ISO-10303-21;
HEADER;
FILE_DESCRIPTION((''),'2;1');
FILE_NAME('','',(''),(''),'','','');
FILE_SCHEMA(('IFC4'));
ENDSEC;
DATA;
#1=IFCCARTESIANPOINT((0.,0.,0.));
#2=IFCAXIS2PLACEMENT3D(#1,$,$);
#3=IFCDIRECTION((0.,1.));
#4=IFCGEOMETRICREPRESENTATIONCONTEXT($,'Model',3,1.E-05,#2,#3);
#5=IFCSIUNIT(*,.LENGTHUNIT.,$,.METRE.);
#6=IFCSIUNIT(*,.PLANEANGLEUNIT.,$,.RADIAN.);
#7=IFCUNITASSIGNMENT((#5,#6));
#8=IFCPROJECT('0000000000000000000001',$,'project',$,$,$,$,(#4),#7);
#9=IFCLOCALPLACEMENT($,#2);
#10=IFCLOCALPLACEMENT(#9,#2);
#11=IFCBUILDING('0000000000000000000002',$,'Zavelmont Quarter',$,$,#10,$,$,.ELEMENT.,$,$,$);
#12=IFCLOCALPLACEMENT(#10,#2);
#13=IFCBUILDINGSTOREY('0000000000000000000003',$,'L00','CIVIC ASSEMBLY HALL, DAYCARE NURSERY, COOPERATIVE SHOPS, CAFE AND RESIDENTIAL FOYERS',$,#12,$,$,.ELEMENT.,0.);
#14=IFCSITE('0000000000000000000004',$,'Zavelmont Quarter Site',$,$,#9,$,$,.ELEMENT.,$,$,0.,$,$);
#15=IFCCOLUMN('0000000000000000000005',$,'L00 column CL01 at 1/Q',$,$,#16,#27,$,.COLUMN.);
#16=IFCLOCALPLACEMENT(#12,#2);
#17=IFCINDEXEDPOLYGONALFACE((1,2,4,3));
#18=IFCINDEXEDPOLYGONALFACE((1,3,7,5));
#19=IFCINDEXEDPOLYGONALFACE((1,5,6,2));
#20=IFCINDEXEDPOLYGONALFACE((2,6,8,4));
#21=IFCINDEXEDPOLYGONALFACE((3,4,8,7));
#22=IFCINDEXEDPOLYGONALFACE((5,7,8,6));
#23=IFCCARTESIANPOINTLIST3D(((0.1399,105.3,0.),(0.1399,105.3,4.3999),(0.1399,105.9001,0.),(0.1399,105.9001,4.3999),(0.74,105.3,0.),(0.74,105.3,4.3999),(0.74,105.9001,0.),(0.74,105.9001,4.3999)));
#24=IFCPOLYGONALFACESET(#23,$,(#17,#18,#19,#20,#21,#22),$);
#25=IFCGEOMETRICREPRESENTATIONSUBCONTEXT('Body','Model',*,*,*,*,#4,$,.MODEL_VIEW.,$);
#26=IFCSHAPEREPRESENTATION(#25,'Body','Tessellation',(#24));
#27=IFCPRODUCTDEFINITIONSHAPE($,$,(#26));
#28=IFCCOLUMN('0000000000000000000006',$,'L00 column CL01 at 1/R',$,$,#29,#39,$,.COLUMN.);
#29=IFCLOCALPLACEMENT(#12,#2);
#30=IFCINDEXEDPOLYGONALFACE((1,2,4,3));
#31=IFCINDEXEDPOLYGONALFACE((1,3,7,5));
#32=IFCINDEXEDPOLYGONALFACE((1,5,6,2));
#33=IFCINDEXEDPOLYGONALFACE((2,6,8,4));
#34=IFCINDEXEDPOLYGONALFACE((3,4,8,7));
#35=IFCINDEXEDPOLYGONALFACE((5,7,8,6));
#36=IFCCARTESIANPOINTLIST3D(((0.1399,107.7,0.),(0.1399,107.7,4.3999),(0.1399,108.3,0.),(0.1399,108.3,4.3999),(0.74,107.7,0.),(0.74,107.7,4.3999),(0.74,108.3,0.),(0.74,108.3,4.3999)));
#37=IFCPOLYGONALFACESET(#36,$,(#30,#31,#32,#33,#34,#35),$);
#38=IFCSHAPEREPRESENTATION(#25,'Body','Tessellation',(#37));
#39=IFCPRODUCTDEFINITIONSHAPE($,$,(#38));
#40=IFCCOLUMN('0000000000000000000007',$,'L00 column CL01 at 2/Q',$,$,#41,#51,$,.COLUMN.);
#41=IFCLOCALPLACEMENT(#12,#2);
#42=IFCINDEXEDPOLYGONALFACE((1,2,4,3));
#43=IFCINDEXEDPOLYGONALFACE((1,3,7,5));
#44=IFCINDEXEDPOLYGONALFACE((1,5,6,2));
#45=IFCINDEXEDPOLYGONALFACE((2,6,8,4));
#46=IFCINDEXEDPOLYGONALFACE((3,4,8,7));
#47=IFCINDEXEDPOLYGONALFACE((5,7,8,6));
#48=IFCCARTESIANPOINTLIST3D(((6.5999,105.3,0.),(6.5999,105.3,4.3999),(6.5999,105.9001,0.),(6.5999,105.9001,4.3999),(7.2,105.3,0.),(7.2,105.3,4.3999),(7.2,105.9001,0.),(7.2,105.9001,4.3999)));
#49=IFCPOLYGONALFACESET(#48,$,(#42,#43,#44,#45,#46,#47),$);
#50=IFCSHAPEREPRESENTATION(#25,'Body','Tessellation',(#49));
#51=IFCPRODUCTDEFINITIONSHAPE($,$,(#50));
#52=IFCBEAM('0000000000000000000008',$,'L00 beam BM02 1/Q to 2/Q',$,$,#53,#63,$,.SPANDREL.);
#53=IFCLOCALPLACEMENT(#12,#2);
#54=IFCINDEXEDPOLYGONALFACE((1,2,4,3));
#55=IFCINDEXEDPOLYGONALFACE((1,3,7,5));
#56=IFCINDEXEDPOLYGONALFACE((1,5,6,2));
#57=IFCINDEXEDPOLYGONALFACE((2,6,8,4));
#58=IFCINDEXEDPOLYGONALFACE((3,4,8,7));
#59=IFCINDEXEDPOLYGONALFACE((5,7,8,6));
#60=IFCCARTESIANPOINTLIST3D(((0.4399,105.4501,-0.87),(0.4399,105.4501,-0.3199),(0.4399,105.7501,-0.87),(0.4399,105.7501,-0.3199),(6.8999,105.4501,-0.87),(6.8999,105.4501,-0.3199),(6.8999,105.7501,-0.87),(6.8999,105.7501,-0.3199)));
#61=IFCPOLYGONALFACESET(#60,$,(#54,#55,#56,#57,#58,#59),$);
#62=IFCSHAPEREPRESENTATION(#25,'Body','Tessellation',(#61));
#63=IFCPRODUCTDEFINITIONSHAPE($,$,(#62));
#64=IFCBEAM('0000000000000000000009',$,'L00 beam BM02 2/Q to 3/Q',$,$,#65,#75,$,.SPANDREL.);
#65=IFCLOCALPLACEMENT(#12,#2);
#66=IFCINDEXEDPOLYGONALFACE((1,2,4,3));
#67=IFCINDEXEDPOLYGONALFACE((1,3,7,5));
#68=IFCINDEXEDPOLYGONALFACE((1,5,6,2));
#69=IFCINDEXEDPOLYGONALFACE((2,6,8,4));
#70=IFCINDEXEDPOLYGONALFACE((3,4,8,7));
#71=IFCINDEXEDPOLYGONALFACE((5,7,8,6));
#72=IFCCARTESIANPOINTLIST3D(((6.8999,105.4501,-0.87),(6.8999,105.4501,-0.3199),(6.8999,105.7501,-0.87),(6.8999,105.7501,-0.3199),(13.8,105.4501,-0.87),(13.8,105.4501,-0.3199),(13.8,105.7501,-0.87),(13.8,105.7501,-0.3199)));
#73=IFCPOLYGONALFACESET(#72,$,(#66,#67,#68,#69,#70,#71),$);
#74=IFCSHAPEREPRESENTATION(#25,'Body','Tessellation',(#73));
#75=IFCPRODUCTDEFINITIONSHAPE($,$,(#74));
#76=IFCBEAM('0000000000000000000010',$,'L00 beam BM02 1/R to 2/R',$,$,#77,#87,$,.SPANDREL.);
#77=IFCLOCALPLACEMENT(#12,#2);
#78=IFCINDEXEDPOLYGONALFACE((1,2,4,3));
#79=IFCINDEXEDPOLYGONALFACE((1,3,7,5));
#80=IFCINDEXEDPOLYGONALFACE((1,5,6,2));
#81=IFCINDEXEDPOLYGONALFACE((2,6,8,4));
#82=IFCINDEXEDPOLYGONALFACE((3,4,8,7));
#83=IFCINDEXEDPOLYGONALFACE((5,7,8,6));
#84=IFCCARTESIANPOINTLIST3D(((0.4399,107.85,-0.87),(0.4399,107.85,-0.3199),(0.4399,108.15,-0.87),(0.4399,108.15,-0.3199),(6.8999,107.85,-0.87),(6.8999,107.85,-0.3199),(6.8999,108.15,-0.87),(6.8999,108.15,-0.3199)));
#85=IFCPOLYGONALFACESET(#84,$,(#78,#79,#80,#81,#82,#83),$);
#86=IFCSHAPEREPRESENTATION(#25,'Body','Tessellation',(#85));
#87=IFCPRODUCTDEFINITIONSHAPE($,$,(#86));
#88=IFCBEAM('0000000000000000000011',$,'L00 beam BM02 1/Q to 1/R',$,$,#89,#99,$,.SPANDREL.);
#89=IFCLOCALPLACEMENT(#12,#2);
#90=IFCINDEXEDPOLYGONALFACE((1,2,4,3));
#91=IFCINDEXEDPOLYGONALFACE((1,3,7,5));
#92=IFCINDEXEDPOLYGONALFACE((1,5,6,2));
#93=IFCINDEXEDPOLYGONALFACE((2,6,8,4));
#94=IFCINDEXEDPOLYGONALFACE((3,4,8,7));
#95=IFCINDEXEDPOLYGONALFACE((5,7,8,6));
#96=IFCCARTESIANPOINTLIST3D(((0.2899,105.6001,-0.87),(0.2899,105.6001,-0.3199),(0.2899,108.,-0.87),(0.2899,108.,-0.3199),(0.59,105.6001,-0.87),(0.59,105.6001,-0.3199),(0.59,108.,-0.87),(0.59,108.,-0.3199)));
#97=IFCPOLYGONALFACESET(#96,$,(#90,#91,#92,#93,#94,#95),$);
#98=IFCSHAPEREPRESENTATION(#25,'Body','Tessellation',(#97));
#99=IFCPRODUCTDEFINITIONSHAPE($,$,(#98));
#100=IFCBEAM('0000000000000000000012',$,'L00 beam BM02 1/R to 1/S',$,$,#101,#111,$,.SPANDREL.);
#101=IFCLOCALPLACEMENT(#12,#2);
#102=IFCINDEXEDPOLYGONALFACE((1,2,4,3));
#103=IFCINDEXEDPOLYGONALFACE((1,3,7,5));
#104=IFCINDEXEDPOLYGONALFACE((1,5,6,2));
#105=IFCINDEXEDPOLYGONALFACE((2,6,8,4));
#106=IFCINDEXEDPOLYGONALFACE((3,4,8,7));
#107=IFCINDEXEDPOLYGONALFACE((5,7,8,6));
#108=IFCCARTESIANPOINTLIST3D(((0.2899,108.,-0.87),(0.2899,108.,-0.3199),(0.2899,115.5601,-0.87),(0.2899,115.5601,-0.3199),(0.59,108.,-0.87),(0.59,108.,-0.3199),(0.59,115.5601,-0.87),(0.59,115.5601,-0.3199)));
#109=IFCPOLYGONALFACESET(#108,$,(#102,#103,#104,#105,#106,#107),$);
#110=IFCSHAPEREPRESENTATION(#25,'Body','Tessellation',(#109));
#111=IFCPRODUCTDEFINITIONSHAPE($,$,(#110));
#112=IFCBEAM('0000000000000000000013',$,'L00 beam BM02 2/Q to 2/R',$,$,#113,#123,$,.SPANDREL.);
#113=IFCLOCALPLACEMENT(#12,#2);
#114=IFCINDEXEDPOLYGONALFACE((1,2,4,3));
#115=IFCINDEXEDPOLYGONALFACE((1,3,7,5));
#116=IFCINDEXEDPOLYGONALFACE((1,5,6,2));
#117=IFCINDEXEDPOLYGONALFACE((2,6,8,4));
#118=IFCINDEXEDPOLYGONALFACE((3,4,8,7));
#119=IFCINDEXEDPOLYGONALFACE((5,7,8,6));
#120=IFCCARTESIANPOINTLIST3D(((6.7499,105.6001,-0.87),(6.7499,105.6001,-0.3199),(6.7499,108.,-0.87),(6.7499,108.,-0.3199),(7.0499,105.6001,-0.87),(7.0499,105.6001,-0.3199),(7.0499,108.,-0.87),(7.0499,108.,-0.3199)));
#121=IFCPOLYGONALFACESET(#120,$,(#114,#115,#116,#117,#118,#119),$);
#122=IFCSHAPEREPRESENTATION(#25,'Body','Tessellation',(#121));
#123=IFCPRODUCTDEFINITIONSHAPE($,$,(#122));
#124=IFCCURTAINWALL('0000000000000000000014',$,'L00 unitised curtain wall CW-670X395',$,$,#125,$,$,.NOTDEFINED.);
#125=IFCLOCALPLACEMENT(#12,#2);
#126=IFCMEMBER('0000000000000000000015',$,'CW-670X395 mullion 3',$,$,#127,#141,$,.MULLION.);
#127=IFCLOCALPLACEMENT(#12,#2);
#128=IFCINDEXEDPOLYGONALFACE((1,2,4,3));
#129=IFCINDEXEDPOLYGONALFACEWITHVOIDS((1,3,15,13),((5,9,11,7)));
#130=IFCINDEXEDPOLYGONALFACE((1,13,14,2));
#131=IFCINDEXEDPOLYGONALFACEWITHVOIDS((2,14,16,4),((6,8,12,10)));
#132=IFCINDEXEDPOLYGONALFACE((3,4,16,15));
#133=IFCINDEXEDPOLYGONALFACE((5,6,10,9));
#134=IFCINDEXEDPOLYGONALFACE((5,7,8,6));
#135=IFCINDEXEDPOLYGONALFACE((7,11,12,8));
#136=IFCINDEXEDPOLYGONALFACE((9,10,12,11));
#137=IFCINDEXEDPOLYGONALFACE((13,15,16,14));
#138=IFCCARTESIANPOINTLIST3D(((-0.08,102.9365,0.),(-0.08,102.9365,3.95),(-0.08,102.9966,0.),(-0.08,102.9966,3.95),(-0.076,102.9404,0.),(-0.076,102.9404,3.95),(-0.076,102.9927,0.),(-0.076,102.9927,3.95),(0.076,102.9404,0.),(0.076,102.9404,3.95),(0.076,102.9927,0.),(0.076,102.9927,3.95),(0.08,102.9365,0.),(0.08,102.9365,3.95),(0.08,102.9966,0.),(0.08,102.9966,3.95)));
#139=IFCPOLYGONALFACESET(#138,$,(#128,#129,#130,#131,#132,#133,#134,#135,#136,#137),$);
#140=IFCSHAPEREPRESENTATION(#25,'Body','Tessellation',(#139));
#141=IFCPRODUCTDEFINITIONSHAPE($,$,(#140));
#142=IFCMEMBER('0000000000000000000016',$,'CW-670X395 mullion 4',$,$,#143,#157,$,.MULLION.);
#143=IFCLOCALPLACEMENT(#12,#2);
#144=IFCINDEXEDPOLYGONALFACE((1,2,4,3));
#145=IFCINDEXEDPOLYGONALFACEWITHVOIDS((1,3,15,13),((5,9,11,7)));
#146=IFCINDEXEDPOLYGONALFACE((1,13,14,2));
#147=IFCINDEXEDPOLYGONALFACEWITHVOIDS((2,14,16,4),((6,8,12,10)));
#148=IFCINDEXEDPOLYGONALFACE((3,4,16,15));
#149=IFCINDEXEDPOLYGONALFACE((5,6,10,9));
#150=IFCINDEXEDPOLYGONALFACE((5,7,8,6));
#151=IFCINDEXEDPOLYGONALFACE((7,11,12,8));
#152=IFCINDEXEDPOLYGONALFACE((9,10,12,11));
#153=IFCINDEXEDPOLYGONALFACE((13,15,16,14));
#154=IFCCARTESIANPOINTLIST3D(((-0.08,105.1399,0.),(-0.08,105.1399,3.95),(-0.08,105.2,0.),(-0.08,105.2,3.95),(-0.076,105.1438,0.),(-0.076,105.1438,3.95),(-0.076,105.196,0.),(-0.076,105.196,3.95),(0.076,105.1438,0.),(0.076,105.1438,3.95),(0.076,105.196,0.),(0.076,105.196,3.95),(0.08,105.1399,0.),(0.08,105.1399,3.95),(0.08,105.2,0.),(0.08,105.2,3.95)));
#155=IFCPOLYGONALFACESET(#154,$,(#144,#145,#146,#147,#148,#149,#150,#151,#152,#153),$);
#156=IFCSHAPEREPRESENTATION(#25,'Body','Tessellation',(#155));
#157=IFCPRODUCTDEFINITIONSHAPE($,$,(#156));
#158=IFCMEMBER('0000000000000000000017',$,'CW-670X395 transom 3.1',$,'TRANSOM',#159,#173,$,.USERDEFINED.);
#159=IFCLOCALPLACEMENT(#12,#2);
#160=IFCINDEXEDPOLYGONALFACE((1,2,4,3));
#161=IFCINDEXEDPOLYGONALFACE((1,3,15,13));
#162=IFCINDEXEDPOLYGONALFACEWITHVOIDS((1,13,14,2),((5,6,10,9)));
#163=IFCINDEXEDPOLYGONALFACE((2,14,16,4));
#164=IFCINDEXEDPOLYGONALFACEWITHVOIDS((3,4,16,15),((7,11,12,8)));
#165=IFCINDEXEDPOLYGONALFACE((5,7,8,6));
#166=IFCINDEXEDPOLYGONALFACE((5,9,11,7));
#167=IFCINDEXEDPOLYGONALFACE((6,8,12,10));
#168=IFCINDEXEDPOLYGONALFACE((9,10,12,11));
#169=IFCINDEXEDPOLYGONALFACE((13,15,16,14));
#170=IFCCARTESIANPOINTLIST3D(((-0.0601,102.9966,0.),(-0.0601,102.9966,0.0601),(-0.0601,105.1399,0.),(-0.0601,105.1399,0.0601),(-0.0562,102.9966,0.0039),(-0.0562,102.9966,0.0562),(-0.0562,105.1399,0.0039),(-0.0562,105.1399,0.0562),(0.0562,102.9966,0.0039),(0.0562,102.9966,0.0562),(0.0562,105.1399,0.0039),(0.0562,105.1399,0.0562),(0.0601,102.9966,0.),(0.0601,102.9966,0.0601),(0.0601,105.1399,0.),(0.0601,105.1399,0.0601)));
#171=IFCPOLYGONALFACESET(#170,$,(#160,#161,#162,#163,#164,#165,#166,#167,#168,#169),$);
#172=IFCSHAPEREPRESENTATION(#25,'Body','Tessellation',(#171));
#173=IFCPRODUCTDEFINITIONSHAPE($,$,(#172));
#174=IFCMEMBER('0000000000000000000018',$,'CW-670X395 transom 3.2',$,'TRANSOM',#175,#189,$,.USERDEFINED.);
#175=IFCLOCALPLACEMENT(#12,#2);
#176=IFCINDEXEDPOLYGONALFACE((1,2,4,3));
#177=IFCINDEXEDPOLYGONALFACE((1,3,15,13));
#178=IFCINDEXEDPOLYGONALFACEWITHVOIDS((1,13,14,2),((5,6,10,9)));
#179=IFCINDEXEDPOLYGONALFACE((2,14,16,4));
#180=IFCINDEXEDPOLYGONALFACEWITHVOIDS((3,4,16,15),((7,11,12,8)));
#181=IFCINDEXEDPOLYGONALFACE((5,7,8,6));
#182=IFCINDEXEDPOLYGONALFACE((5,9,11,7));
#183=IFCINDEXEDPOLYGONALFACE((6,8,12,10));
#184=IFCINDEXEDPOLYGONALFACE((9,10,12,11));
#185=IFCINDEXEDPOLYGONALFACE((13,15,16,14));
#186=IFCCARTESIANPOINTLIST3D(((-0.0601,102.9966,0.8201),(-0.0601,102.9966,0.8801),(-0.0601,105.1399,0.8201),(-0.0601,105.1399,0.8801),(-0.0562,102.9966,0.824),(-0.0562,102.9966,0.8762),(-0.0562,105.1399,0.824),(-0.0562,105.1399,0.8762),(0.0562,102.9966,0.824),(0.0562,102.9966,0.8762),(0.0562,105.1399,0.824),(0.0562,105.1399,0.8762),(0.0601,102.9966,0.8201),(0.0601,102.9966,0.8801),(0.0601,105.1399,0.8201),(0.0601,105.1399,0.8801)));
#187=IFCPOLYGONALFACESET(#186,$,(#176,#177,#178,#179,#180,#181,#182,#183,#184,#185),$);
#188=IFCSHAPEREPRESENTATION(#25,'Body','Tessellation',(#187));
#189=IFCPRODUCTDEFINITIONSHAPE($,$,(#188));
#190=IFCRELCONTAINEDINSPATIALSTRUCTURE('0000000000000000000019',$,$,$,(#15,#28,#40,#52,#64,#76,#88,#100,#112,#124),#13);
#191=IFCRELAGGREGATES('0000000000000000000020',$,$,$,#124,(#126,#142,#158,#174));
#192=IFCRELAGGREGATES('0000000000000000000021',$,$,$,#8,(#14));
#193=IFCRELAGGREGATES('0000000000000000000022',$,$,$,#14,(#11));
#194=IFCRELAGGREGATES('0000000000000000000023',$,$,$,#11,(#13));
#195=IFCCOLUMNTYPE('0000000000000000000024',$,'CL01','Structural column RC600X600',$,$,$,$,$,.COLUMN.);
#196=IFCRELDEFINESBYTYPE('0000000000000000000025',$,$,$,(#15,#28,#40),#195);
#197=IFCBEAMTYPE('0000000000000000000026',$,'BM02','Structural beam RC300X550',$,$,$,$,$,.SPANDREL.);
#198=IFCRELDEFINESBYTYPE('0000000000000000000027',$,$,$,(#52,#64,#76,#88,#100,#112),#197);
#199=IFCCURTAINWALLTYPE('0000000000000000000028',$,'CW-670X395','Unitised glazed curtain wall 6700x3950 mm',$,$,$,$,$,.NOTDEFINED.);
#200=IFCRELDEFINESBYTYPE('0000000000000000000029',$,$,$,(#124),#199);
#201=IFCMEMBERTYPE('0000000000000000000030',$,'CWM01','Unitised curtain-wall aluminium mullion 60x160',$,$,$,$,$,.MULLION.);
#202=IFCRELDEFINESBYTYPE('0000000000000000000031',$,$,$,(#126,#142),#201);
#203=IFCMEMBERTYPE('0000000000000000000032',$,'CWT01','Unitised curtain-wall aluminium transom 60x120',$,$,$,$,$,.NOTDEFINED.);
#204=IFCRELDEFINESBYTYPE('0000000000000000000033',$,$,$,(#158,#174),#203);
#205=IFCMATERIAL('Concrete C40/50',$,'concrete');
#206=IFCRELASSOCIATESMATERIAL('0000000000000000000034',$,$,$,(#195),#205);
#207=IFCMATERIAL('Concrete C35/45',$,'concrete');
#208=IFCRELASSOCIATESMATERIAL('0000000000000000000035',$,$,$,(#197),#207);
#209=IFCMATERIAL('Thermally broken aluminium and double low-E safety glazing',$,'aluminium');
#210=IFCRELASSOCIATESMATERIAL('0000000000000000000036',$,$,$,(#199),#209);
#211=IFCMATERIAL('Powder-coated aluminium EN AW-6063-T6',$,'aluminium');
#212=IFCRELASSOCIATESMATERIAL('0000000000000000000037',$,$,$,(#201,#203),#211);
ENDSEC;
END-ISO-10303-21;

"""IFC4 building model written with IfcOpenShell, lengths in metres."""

from ifc_helpers import new_model, si_unit, direction, frame, origin, origin_2d, place, context, subcontext, project, spatial, rectangle, hollow_rectangle, extrude, material, material_profile, profile_set, type_object, element, aggregate, save


model = new_model("IFC4")

# Units and contexts
model_context = context("Model", 3, precision=1e-05, world=origin(), true_north=direction((0.0, 1.0)))
body_context = subcontext(model_context, "Body", "Model", "MODEL_VIEW")
ifc_project = project(units=[si_unit("LENGTHUNIT", "METRE"), si_unit("PLANEANGLEUNIT", "RADIAN")], contexts=[model_context])

# Site, building, storey
site_placement = place(None, origin())
site = spatial("IfcSite", under=ifc_project, at=site_placement, Name="Zavelmont Quarter Site", CompositionType="ELEMENT", RefElevation=0.0)
building_placement = place(site_placement, origin())
building = spatial("IfcBuilding", under=site, at=building_placement, Name="Zavelmont Quarter", CompositionType="ELEMENT")
storey_placement = place(building_placement, origin())
storey = spatial("IfcBuildingStorey", under=building, at=storey_placement, Name="L00", Description="CIVIC ASSEMBLY HALL, DAYCARE NURSERY, COOPERATIVE SHOPS, CAFE AND RESIDENTIAL FOYERS", CompositionType="ELEMENT", Elevation=0.0)

# Columns
ifc_material_1 = material(Name="Concrete C40/50", Category="concrete")
ifc_material_profile_1 = material_profile(ifc_material_1, rectangle(XDim=0.6001, YDim=0.6001, at=origin_2d()), Name="RC600X600")
ifc_profile_set_1 = profile_set([ifc_material_profile_1], Name="Concrete C40/50")
column_type = type_object("IfcColumnType", Name="CL01", Description="Structural column RC600X600", PredefinedType="COLUMN", material=ifc_profile_set_1)
for number, where, z_axis, x_axis, name in (
    (1, (0.4399, 105.6001, 0.0), (0.0, 0.0, 1.0), (1.0, 0.0, 0.0), "L00 column CL01 at 1/Q"),
    (2, (0.4399, 108.0, 0.0), (0.0, 0.0, 1.0), (1.0, 0.0, 0.0), "L00 column CL01 at 1/R"),
    (3, (6.8999, 105.6001, 0.0), (0.0, 0.0, 1.0), (1.0, 0.0, 0.0), "L00 column CL01 at 2/Q"),
):
    element("IfcColumn", number, at=place(storey_placement, frame(where, z_axis=z_axis, x_axis=x_axis)), inside=storey, type_object=column_type, Name=name, PredefinedType="COLUMN", context=body_context, shape_type="SweptSolid", body=[
        extrude(rectangle(XDim=0.6001, YDim=0.6001, at=origin_2d()), origin(), (0.0, 0.0, 1.0), 4.3999),
    ])

# Beams
ifc_material_2 = material(Name="Concrete C35/45", Category="concrete")
ifc_material_profile_2 = material_profile(ifc_material_2, rectangle(XDim=0.3, YDim=0.55, at=origin_2d()), Name="RC300X550")
ifc_profile_set_2 = profile_set([ifc_material_profile_2], Name="Concrete C35/45")
beam_type = type_object("IfcBeamType", Name="BM02", Description="Structural beam RC300X550", PredefinedType="SPANDREL", material=ifc_profile_set_2)
beam_1_placement = place(storey_placement, frame((0.4399, 105.6001, -0.595), z_axis=(1.0, 0.0, 0.0), x_axis=(0.0, 1.0, 0.0)))
element("IfcBeam", 4, at=beam_1_placement, inside=storey, type_object=beam_type, Name="L00 beam BM02 1/Q to 2/Q", PredefinedType="SPANDREL", context=body_context, shape_type="SweptSolid", body=[
    extrude(rectangle(XDim=0.3, YDim=0.55, at=origin_2d()), origin(), (0.0, 0.0, 1.0), 6.46),
])
beam_2_placement = place(storey_placement, frame((6.8999, 105.6001, -0.595), z_axis=(1.0, 0.0, 0.0), x_axis=(0.0, 1.0, 0.0)))
element("IfcBeam", 5, at=beam_2_placement, inside=storey, type_object=beam_type, Name="L00 beam BM02 2/Q to 3/Q", PredefinedType="SPANDREL", context=body_context, shape_type="SweptSolid", body=[
    extrude(rectangle(XDim=0.3, YDim=0.55, at=origin_2d()), origin(), (0.0, 0.0, 1.0), 6.9001),
])
beam_3_placement = place(storey_placement, frame((0.4399, 108.0, -0.595), z_axis=(1.0, 0.0, 0.0), x_axis=(0.0, 1.0, 0.0)))
element("IfcBeam", 6, at=beam_3_placement, inside=storey, type_object=beam_type, Name="L00 beam BM02 1/R to 2/R", PredefinedType="SPANDREL", context=body_context, shape_type="SweptSolid", body=[
    extrude(rectangle(XDim=0.3, YDim=0.55, at=origin_2d()), origin(), (0.0, 0.0, 1.0), 6.46),
])
beam_4_placement = place(storey_placement, frame((0.4399, 105.6001, -0.595), z_axis=(0.0, 1.0, 0.0), x_axis=(-1.0, 0.0, 0.0)))
element("IfcBeam", 7, at=beam_4_placement, inside=storey, type_object=beam_type, Name="L00 beam BM02 1/Q to 1/R", PredefinedType="SPANDREL", context=body_context, shape_type="SweptSolid", body=[
    extrude(rectangle(XDim=0.3, YDim=0.55, at=origin_2d()), origin(), (0.0, 0.0, 1.0), 2.3999),
])
beam_5_placement = place(storey_placement, frame((0.4399, 108.0, -0.595), z_axis=(0.0, 1.0, 0.0), x_axis=(-1.0, 0.0, 0.0)))
element("IfcBeam", 8, at=beam_5_placement, inside=storey, type_object=beam_type, Name="L00 beam BM02 1/R to 1/S", PredefinedType="SPANDREL", context=body_context, shape_type="SweptSolid", body=[
    extrude(rectangle(XDim=0.3, YDim=0.55, at=origin_2d()), origin(), (0.0, 0.0, 1.0), 7.5601),
])
beam_6_placement = place(storey_placement, frame((6.8999, 105.6001, -0.595), z_axis=(0.0, 1.0, 0.0), x_axis=(-1.0, 0.0, 0.0)))
element("IfcBeam", 9, at=beam_6_placement, inside=storey, type_object=beam_type, Name="L00 beam BM02 2/Q to 2/R", PredefinedType="SPANDREL", context=body_context, shape_type="SweptSolid", body=[
    extrude(rectangle(XDim=0.3, YDim=0.55, at=origin_2d()), origin(), (0.0, 0.0, 1.0), 2.3999),
])

# Curtain wall, members
ifc_material_3 = material(Name="Thermally broken aluminium and double low-E safety glazing", Category="aluminium")
curtain_wall_type = type_object("IfcCurtainWallType", Name="CW-670X395", Description="Unitised glazed curtain wall 6700x3950 mm", PredefinedType="NOTDEFINED", material=ifc_material_3)
curtain_wall_placement = place(storey_placement, origin())
curtain_wall = element("IfcCurtainWall", 10, at=curtain_wall_placement, inside=storey, type_object=curtain_wall_type, Name="L00 unitised curtain wall CW-670X395", PredefinedType="NOTDEFINED")
ifc_material_4 = material(Name="Powder-coated aluminium EN AW-6063-T6", Category="aluminium")
ifc_material_profile_3 = material_profile(ifc_material_4, hollow_rectangle(XDim=0.0601, YDim=0.1599, WallThickness=0.0039, at=origin_2d()), Name="CWM60X160")
ifc_profile_set_3 = profile_set([ifc_material_profile_3], Name="Powder-coated aluminium EN AW-6063-T6")
member_type_1 = type_object("IfcMemberType", Name="CWM01", Description="Unitised curtain-wall aluminium mullion 60x160", PredefinedType="MULLION", material=ifc_profile_set_3)
member_1_placement = place(storey_placement, frame((0.0, 102.9666, 0.0), z_axis=(0.0, 0.0, 1.0), x_axis=(0.0, 1.0, 0.0)))
member_1 = element("IfcMember", 11, at=member_1_placement, type_object=member_type_1, Name="CW-670X395 mullion 3", PredefinedType="MULLION", context=body_context, shape_type="SweptSolid", body=[
    extrude(hollow_rectangle(XDim=0.0601, YDim=0.1599, WallThickness=0.0039, at=origin_2d()), origin(), (0.0, 0.0, 1.0), 3.95),
])
member_2_placement = place(storey_placement, frame((0.0, 105.1699, 0.0), z_axis=(0.0, 0.0, 1.0), x_axis=(0.0, 1.0, 0.0)))
member_2 = element("IfcMember", 12, at=member_2_placement, type_object=member_type_1, Name="CW-670X395 mullion 4", PredefinedType="MULLION", context=body_context, shape_type="SweptSolid", body=[
    extrude(hollow_rectangle(XDim=0.0601, YDim=0.1599, WallThickness=0.0039, at=origin_2d()), origin(), (0.0, 0.0, 1.0), 3.95),
])
ifc_material_profile_4 = material_profile(ifc_material_4, hollow_rectangle(XDim=0.1201, YDim=0.0601, WallThickness=0.0039, at=origin_2d()), Name="CWT60X120")
ifc_profile_set_4 = profile_set([ifc_material_profile_4], Name="Powder-coated aluminium EN AW-6063-T6")
member_type_2 = type_object("IfcMemberType", Name="CWT01", Description="Unitised curtain-wall aluminium transom 60x120", PredefinedType="NOTDEFINED", material=ifc_profile_set_4)
member_3_placement = place(storey_placement, frame((0.0, 102.9966, 0.03), z_axis=(0.0, 1.0, 0.0), x_axis=(-1.0, 0.0, 0.0)))
member_3 = element("IfcMember", 13, at=member_3_placement, type_object=member_type_2, Name="CW-670X395 transom 3.1", ObjectType="TRANSOM", PredefinedType="USERDEFINED", context=body_context, shape_type="SweptSolid", body=[
    extrude(hollow_rectangle(XDim=0.1201, YDim=0.0601, WallThickness=0.0039, at=origin_2d()), origin(), (0.0, 0.0, 1.0), 2.1433),
])
member_4_placement = place(storey_placement, frame((0.0, 102.9966, 0.8501), z_axis=(0.0, 1.0, 0.0), x_axis=(-1.0, 0.0, 0.0)))
member_4 = element("IfcMember", 14, at=member_4_placement, type_object=member_type_2, Name="CW-670X395 transom 3.2", ObjectType="TRANSOM", PredefinedType="USERDEFINED", context=body_context, shape_type="SweptSolid", body=[
    extrude(hollow_rectangle(XDim=0.1201, YDim=0.0601, WallThickness=0.0039, at=origin_2d()), origin(), (0.0, 0.0, 1.0), 2.1433),
])

aggregate(curtain_wall, [member_1, member_2, member_3, member_4])

save(model, "model.ifc")
